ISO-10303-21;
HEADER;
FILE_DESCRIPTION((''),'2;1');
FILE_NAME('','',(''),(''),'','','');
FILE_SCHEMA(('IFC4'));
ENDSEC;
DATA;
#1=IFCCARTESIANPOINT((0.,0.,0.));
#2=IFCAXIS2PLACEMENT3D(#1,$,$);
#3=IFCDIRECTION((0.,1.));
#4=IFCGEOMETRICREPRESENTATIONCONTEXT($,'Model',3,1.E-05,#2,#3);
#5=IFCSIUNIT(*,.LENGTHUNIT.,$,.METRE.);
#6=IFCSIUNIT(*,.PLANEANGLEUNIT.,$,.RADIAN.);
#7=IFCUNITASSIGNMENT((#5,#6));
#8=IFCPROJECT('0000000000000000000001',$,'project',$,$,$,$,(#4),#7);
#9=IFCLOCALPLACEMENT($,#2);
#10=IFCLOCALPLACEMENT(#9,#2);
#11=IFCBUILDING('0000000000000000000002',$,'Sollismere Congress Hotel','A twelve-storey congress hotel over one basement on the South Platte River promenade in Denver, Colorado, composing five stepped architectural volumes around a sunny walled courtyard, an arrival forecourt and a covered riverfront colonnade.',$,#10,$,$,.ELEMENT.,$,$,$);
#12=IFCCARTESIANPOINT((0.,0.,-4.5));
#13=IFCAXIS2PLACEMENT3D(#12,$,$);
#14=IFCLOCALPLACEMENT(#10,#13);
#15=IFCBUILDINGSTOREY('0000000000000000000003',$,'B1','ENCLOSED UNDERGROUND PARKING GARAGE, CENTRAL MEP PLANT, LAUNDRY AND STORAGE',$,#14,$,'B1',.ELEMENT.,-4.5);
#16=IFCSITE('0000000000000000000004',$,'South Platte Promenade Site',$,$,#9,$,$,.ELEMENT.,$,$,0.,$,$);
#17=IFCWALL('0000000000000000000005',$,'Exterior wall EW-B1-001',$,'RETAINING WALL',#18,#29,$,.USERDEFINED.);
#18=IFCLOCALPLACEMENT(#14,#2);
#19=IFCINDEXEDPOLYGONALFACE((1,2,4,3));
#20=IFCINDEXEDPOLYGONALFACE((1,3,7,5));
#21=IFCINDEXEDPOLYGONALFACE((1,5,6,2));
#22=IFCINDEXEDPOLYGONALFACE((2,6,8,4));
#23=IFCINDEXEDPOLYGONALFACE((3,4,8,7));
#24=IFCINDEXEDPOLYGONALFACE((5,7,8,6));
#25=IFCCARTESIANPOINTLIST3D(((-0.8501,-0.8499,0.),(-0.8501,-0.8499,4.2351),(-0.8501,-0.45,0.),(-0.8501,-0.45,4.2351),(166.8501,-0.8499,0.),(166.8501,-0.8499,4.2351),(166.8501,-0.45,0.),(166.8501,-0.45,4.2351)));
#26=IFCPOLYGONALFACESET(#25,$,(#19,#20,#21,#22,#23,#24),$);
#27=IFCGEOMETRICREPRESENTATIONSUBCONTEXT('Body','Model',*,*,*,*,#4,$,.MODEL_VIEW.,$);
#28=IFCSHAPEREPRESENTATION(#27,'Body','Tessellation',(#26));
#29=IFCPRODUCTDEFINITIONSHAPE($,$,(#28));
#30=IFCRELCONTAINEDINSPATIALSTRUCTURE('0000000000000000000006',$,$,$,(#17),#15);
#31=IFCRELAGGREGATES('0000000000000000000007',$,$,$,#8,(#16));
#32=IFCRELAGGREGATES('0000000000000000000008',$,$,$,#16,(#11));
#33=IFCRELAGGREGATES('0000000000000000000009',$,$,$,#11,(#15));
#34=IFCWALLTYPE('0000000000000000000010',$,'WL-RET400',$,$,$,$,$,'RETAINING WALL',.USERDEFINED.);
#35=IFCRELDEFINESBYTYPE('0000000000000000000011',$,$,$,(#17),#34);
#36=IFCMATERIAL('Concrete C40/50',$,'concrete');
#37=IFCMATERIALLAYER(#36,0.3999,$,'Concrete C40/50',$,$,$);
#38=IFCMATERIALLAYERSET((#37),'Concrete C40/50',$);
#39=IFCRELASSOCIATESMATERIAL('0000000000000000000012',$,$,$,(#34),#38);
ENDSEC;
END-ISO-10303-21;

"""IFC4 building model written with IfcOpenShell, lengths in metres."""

from ifc_helpers import new_model, si_unit, direction, frame, frame_2d, origin, place, context, subcontext, project, spatial, rectangle, extrude, material, layer, layer_set, type_object, element, save


model = new_model("IFC4")

# Units and contexts
model_context = context("Model", 3, precision=1e-05, world=origin(), true_north=direction((0.0, 1.0)))
body_context = subcontext(model_context, "Body", "Model", "MODEL_VIEW")
ifc_project = project(units=[si_unit("LENGTHUNIT", "METRE"), si_unit("PLANEANGLEUNIT", "RADIAN")], contexts=[model_context])

# Site, building, storey
site_placement = place(None, origin())
site = spatial("IfcSite", under=ifc_project, at=site_placement, Name="South Platte Promenade Site", CompositionType="ELEMENT", RefElevation=0.0)
building_placement = place(site_placement, origin())
building = spatial("IfcBuilding", under=site, at=building_placement, Name="Sollismere Congress Hotel", Description="A twelve-storey congress hotel over one basement on the South Platte River promenade in Denver, Colorado, composing five stepped architectural volumes around a sunny walled courtyard, an arrival forecourt and a covered riverfront colonnade.", CompositionType="ELEMENT")
storey_placement = place(building_placement, frame((0.0, 0.0, -4.5)))
storey = spatial("IfcBuildingStorey", under=building, at=storey_placement, Name="B1", Description="ENCLOSED UNDERGROUND PARKING GARAGE, CENTRAL MEP PLANT, LAUNDRY AND STORAGE", LongName="B1", CompositionType="ELEMENT", Elevation=-4.5)

# Shared definitions
ifc_material_1 = material(Name="Concrete C40/50", Category="concrete")

# Wall
ifc_layer_1 = layer(ifc_material_1, 0.3999, Name="Concrete C40/50")
ifc_layer_set_1 = layer_set([ifc_layer_1], Name="Concrete C40/50")
wall_type = type_object("IfcWallType", Name="WL-RET400", ElementType="RETAINING WALL", PredefinedType="USERDEFINED", material=ifc_layer_set_1)
wall_placement = place(storey_placement, frame((-0.8501, -0.6499, 0.0), z_axis=(0.0, 0.0, 1.0), x_axis=(1.0, 0.0, 0.0)))
element("IfcWall", 1, at=wall_placement, inside=storey, type_object=wall_type, Name="Exterior wall EW-B1-001", ObjectType="RETAINING WALL", PredefinedType="USERDEFINED", context=body_context, shape_type="SweptSolid", body=[
    extrude(rectangle(XDim=167.7002, YDim=0.3999, at=frame_2d((83.8501, 0.0))), origin(), (0.0, 0.0, 1.0), 4.2351),
])

save(model, "model.ifc")
